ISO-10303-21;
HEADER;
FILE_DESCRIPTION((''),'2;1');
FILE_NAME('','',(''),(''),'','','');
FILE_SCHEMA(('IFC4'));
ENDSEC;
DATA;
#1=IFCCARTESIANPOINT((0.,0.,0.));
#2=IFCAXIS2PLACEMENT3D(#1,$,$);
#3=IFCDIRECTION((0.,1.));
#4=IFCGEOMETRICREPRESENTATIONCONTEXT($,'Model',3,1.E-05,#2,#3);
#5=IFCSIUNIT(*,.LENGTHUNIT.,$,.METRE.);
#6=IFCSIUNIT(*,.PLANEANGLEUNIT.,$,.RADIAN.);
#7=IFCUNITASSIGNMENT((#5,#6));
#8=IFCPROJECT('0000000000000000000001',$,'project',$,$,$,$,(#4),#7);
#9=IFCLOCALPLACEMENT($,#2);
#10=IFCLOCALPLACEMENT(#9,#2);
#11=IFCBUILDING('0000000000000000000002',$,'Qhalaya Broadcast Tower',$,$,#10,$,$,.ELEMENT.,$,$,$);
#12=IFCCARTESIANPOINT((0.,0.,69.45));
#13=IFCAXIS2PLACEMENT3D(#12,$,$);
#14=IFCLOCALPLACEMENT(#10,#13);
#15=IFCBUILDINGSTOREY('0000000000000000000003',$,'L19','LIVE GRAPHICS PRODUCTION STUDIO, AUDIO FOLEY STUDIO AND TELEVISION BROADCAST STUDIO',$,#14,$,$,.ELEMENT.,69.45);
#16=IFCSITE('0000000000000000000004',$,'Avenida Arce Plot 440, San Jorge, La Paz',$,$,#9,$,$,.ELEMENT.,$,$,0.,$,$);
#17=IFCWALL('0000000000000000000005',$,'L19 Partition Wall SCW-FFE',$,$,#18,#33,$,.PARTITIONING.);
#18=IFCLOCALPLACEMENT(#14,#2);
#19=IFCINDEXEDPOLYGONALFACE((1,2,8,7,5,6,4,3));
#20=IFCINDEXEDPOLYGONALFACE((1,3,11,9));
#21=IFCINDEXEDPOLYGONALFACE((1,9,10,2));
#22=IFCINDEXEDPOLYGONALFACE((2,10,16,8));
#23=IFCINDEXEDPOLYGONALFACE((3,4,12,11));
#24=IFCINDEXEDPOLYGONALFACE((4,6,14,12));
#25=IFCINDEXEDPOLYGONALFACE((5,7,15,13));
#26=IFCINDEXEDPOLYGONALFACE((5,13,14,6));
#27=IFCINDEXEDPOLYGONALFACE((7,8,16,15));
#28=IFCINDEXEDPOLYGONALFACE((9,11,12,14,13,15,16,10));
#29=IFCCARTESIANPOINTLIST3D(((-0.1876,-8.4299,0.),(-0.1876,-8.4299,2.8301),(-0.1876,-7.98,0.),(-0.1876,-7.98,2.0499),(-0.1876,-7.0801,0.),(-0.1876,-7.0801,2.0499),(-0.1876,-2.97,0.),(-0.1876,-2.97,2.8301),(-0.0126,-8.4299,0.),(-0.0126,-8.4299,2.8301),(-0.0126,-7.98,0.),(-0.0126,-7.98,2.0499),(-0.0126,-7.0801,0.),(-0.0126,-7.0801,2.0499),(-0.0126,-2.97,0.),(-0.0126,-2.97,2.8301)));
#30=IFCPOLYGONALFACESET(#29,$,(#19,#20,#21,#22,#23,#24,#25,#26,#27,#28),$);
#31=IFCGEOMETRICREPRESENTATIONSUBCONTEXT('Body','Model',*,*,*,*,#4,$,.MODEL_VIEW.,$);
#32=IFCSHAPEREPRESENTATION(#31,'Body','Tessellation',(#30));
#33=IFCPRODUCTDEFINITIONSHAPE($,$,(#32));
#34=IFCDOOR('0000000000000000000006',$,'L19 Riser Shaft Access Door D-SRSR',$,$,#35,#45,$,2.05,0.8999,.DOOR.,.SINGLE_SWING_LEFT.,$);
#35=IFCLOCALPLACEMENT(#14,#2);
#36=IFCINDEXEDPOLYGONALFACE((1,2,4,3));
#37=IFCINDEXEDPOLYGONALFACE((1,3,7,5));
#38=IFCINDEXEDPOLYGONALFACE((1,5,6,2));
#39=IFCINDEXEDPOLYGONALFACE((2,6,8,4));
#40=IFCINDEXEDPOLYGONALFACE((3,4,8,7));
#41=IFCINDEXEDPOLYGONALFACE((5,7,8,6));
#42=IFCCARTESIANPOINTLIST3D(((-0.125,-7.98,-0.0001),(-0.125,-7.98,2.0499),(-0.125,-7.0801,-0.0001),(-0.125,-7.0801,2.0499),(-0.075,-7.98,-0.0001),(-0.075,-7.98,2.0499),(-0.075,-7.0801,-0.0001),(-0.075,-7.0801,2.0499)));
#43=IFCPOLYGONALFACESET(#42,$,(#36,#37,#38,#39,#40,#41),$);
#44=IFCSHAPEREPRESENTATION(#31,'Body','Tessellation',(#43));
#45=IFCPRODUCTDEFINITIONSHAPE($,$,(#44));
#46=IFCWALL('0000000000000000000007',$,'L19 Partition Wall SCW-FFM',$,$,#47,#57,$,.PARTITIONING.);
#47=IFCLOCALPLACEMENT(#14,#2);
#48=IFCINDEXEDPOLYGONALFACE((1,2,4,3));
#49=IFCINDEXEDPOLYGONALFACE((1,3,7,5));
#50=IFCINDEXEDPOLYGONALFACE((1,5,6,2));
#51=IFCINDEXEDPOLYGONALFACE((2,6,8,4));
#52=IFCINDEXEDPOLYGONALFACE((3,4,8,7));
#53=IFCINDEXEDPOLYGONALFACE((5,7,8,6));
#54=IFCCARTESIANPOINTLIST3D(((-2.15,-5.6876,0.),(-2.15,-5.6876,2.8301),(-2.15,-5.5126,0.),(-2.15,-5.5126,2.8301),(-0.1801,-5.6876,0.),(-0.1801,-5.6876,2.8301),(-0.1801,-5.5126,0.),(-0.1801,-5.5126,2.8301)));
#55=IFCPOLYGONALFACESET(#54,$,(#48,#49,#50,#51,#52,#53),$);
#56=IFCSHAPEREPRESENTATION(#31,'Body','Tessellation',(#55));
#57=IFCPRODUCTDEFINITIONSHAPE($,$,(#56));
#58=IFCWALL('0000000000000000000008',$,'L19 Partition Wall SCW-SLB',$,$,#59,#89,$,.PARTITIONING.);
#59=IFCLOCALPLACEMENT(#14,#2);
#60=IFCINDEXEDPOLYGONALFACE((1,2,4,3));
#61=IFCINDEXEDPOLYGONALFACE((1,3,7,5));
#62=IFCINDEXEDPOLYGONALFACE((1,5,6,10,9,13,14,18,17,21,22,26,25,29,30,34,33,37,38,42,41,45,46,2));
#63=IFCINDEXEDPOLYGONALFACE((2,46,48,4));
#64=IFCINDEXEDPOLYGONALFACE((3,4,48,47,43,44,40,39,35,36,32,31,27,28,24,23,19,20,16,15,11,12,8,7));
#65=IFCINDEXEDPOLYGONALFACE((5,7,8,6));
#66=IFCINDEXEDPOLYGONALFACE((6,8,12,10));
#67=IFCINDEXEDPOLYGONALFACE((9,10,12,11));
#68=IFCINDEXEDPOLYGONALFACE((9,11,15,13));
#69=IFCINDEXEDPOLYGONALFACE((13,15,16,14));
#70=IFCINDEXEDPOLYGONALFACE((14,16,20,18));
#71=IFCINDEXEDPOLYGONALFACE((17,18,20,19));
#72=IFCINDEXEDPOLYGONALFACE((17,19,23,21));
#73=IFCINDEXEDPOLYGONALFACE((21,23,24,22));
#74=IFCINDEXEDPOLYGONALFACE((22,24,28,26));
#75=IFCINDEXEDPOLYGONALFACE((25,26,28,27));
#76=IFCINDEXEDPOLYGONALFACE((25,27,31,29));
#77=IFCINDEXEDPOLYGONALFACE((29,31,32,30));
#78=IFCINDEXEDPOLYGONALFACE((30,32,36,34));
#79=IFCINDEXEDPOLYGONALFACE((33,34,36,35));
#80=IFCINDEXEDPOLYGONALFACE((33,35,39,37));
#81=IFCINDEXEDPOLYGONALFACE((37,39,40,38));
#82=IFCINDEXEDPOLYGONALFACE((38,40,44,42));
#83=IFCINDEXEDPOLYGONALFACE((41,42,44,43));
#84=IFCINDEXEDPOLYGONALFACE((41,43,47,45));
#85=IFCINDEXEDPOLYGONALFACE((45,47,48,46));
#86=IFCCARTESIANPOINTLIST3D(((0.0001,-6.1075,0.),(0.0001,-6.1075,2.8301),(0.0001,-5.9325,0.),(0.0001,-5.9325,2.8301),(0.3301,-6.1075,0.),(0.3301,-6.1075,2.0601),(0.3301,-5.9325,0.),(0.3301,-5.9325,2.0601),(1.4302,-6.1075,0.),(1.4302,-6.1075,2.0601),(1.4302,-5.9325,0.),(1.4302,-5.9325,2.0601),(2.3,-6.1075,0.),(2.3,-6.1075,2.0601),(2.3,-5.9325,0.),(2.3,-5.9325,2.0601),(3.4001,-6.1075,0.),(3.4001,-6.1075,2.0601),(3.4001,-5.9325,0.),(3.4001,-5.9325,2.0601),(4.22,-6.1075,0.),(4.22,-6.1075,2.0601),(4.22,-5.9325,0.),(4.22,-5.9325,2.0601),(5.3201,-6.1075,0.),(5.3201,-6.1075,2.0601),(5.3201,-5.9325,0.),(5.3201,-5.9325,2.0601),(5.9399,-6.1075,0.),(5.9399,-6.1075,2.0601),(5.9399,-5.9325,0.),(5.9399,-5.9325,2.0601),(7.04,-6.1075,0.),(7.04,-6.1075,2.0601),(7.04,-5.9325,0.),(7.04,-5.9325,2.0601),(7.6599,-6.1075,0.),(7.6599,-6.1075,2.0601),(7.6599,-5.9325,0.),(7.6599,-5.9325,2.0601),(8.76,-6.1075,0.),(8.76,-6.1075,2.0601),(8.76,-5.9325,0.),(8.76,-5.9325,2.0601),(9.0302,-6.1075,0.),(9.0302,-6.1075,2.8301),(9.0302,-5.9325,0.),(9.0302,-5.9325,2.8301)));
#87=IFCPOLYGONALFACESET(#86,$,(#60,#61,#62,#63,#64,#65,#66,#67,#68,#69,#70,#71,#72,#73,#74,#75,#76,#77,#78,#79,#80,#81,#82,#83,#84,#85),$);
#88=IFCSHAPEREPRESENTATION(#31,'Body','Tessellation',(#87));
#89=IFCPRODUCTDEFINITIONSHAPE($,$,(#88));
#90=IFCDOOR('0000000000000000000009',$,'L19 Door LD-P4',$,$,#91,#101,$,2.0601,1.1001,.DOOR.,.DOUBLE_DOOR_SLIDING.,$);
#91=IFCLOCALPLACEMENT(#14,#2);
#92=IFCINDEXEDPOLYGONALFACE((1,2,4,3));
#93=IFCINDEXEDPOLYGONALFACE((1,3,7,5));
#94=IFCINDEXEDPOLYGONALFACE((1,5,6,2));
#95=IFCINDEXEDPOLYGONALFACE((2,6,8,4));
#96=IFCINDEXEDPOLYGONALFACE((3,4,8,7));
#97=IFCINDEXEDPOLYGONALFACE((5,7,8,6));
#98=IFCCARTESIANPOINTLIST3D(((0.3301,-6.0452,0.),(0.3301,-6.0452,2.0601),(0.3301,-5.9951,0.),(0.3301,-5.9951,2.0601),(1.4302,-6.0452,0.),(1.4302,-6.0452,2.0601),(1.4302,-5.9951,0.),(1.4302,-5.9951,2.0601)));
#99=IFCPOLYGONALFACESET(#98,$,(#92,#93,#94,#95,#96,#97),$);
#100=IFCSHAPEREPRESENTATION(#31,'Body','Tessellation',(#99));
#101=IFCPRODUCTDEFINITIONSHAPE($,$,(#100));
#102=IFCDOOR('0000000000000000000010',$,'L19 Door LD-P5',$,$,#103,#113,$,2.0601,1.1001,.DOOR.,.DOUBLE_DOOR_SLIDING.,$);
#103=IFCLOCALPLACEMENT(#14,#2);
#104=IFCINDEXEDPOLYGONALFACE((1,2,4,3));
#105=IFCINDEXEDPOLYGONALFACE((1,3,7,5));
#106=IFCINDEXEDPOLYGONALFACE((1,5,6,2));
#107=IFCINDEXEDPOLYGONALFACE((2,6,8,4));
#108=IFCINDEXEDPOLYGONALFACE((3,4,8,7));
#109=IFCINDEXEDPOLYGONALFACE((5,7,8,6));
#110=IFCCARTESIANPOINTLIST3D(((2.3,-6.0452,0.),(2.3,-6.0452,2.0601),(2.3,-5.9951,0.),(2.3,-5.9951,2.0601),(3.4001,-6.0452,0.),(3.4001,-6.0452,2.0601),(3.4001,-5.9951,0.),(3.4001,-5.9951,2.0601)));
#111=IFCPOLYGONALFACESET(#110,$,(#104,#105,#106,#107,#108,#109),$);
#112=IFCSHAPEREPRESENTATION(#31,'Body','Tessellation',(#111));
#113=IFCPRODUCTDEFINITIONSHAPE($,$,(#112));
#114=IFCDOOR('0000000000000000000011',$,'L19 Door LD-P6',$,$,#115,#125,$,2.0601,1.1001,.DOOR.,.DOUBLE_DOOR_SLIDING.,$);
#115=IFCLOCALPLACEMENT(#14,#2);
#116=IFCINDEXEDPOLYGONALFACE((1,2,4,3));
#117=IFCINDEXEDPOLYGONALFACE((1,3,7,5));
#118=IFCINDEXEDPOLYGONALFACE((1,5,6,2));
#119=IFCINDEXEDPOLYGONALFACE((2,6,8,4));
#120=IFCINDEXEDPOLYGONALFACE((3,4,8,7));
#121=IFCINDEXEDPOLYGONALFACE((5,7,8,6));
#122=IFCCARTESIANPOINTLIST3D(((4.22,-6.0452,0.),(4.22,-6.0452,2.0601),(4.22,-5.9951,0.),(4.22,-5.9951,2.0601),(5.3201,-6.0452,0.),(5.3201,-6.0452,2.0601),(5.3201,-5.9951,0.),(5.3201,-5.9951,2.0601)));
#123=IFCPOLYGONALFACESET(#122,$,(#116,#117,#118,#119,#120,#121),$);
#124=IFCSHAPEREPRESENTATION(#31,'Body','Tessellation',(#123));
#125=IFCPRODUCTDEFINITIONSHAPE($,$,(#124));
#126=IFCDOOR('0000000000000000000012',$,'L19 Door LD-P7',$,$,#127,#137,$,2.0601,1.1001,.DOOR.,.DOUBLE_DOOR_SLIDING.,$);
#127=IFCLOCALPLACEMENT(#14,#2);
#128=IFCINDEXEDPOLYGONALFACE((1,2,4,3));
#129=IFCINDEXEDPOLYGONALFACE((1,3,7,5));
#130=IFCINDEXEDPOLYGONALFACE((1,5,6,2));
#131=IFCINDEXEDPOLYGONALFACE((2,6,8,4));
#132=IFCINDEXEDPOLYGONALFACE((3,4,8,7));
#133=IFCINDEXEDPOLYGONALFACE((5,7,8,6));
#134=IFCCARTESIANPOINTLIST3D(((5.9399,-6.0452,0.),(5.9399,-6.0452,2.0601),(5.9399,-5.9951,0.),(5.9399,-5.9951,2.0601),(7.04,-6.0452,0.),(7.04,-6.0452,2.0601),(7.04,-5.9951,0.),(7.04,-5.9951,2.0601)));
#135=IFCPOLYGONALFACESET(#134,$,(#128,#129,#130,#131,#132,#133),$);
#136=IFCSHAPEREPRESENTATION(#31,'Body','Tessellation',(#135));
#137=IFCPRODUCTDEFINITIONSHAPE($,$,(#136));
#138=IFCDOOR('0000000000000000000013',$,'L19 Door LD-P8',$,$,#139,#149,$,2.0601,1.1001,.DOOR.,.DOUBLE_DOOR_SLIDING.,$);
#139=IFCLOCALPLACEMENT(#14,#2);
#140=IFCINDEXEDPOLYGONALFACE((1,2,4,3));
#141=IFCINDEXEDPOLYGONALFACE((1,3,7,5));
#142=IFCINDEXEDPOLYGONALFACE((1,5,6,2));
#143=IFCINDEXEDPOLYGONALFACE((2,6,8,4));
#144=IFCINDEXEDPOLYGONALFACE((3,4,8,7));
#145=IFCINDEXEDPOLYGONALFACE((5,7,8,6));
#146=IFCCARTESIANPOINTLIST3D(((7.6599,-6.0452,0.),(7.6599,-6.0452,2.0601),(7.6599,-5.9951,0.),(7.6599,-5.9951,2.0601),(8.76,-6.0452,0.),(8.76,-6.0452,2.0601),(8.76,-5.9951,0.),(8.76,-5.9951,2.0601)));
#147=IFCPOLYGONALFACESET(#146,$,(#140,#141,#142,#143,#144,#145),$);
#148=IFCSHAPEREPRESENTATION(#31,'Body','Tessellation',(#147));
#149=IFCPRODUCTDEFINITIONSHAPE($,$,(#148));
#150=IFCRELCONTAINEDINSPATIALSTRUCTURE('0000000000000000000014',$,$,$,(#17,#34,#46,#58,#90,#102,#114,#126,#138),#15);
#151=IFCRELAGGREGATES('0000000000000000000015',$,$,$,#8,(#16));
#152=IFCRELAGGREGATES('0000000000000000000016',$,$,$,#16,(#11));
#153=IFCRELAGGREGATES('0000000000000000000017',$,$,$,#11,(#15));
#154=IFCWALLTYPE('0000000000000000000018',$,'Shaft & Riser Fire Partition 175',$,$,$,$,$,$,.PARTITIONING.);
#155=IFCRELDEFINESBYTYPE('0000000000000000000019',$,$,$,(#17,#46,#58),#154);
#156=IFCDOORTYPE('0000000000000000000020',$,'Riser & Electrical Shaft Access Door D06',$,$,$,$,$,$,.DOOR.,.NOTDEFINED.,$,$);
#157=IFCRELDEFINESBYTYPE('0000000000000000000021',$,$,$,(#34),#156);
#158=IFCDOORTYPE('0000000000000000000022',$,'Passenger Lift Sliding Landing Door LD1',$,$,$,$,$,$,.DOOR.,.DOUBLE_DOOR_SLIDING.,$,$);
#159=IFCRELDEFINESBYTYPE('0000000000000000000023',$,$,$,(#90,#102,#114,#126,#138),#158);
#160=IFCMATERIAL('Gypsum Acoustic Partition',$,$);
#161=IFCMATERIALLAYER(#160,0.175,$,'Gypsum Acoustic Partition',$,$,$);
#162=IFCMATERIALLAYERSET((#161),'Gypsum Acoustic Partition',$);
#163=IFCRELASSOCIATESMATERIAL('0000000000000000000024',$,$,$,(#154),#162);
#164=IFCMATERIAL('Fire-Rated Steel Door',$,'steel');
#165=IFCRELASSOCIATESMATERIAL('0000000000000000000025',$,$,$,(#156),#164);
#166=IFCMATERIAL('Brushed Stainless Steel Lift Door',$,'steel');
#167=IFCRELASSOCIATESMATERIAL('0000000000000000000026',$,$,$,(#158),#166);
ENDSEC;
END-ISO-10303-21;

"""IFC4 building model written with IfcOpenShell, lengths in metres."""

from ifc_helpers import new_model, si_unit, direction, frame, frame_2d, origin, place, context, subcontext, project, spatial, rectangle, extrude, material, layer, layer_set, type_object, element, fill, save


model = new_model("IFC4")

# Units and contexts
model_context = context("Model", 3, precision=1e-05, world=origin(), true_north=direction((0.0, 1.0)))
body_context = subcontext(model_context, "Body", "Model", "MODEL_VIEW")
ifc_project = project(units=[si_unit("LENGTHUNIT", "METRE"), si_unit("PLANEANGLEUNIT", "RADIAN")], contexts=[model_context])

# Site, building, storey
site_placement = place(None, origin())
site = spatial("IfcSite", under=ifc_project, at=site_placement, Name="Avenida Arce Plot 440, San Jorge, La Paz", CompositionType="ELEMENT", RefElevation=0.0)
building_placement = place(site_placement, origin())
building = spatial("IfcBuilding", under=site, at=building_placement, Name="Qhalaya Broadcast Tower", CompositionType="ELEMENT")
storey_placement = place(building_placement, frame((0.0, 0.0, 69.45)))
storey = spatial("IfcBuildingStorey", under=building, at=storey_placement, Name="L19", Description="LIVE GRAPHICS PRODUCTION STUDIO, AUDIO FOLEY STUDIO AND TELEVISION BROADCAST STUDIO", CompositionType="ELEMENT", Elevation=69.45)

# Shared definitions
ifc_material_1 = material(Name="Brushed Stainless Steel Lift Door", Category="steel")

# Shared definitions
ifc_material_2 = material(Name="Gypsum Acoustic Partition")

# Wall, opening, door
ifc_layer_1 = layer(ifc_material_2, 0.175, Name="Gypsum Acoustic Partition")
ifc_layer_set_1 = layer_set([ifc_layer_1], Name="Gypsum Acoustic Partition")
wall_type_1 = type_object("IfcWallType", Name="Shaft & Riser Fire Partition 175", PredefinedType="PARTITIONING", material=ifc_layer_set_1)
wall_1_placement = place(storey_placement, frame((-0.1001, -8.4299, 0.0), z_axis=(0.0, 0.0, 1.0), x_axis=(0.0, 1.0, 0.0)))
wall_1 = element("IfcWall", 1, at=wall_1_placement, inside=storey, type_object=wall_type_1, Name="L19 Partition Wall SCW-FFE", PredefinedType="PARTITIONING", context=body_context, shape_type="SweptSolid", body=[
    extrude(rectangle(XDim=5.46, YDim=0.175, at=frame_2d((2.73, 0.0))), origin(), (0.0, 0.0, 1.0), 2.8301),
])
opening_1_placement = place(wall_1_placement, frame((0.45, 0.0, 0.0)))
opening_1 = element("IfcOpeningElement", 2, at=opening_1_placement, cuts=wall_1, PredefinedType="OPENING", context=body_context, shape_type="SweptSolid", body=[
    extrude(rectangle(XDim=0.8999, YDim=2.05, at=frame_2d((0.45, 1.0249))), frame((0.0, 0.0996, 0.0), z_axis=(0.0, -1.0, 0.0), x_axis=(1.0, 0.0, 0.0)), (0.0, 0.0, 1.0), 0.199),
])
ifc_material_3 = material(Name="Fire-Rated Steel Door", Category="steel")
door_type_1 = type_object("IfcDoorType", Name="Riser & Electrical Shaft Access Door D06", OperationType="NOTDEFINED", PredefinedType="DOOR", material=ifc_material_3)
door_1_placement = place(opening_1_placement, origin())
door_1 = element("IfcDoor", 3, at=door_1_placement, inside=storey, type_object=door_type_1, Name="L19 Riser Shaft Access Door D-SRSR", OperationType="SINGLE_SWING_LEFT", OverallHeight=2.05, OverallWidth=0.8999, PredefinedType="DOOR", context=body_context, shape_type="SweptSolid", body=[
    extrude(rectangle(XDim=0.8999, YDim=2.05, at=frame_2d((0.45, 1.0249))), frame((0.0, 0.0249, 0.0), z_axis=(0.0, -1.0, 0.0), x_axis=(1.0, 0.0, 0.0)), (0.0, 0.0, 1.0), 0.05),
])
fill(opening_1, door_1)

# Wall
wall_2_placement = place(storey_placement, frame((-2.1499, -5.6001, 0.0), z_axis=(0.0, 0.0, 1.0), x_axis=(1.0, 0.0, 0.0)))
element("IfcWall", 4, at=wall_2_placement, inside=storey, type_object=wall_type_1, Name="L19 Partition Wall SCW-FFM", PredefinedType="PARTITIONING", context=body_context, shape_type="SweptSolid", body=[
    extrude(rectangle(XDim=1.97, YDim=0.175, at=frame_2d((0.9849, 0.0))), origin(), (0.0, 0.0, 1.0), 2.8301),
])

# Wall, openings, doors
wall_3_placement = place(storey_placement, frame((0.0, -6.02, 0.0), z_axis=(0.0, 0.0, 1.0), x_axis=(1.0, 0.0, 0.0)))
wall_3 = element("IfcWall", 5, at=wall_3_placement, inside=storey, type_object=wall_type_1, Name="L19 Partition Wall SCW-SLB", PredefinedType="PARTITIONING", context=body_context, shape_type="SweptSolid", body=[
    extrude(rectangle(XDim=9.03, YDim=0.175, at=frame_2d((4.5151, 0.0))), origin(), (0.0, 0.0, 1.0), 2.8301),
])
opening_2_placement = place(wall_3_placement, frame((0.3301, 0.0, 0.0)))
opening_2 = element("IfcOpeningElement", 6, at=opening_2_placement, cuts=wall_3, PredefinedType="OPENING", context=body_context, shape_type="SweptSolid", body=[
    extrude(rectangle(XDim=1.1001, YDim=2.0601, at=frame_2d((0.55, 1.03))), frame((0.0, 0.0996, 0.0), z_axis=(0.0, -1.0, 0.0), x_axis=(1.0, 0.0, 0.0)), (0.0, 0.0, 1.0), 0.199),
])
opening_3_placement = place(wall_3_placement, frame((2.3, 0.0, 0.0)))
opening_3 = element("IfcOpeningElement", 7, at=opening_3_placement, cuts=wall_3, PredefinedType="OPENING", context=body_context, shape_type="SweptSolid", body=[
    extrude(rectangle(XDim=1.1001, YDim=2.0601, at=frame_2d((0.55, 1.03))), frame((0.0, 0.0996, 0.0), z_axis=(0.0, -1.0, 0.0), x_axis=(1.0, 0.0, 0.0)), (0.0, 0.0, 1.0), 0.199),
])
opening_4_placement = place(wall_3_placement, frame((4.22, 0.0, 0.0)))
opening_4 = element("IfcOpeningElement", 8, at=opening_4_placement, cuts=wall_3, PredefinedType="OPENING", context=body_context, shape_type="SweptSolid", body=[
    extrude(rectangle(XDim=1.1001, YDim=2.0601, at=frame_2d((0.55, 1.03))), frame((0.0, 0.0996, 0.0), z_axis=(0.0, -1.0, 0.0), x_axis=(1.0, 0.0, 0.0)), (0.0, 0.0, 1.0), 0.199),
])
opening_5_placement = place(wall_3_placement, frame((5.9399, 0.0, 0.0)))
opening_5 = element("IfcOpeningElement", 9, at=opening_5_placement, cuts=wall_3, PredefinedType="OPENING", context=body_context, shape_type="SweptSolid", body=[
    extrude(rectangle(XDim=1.1001, YDim=2.0601, at=frame_2d((0.55, 1.03))), frame((0.0, 0.0996, 0.0), z_axis=(0.0, -1.0, 0.0), x_axis=(1.0, 0.0, 0.0)), (0.0, 0.0, 1.0), 0.199),
])
opening_6_placement = place(wall_3_placement, frame((7.6599, 0.0, 0.0)))
opening_6 = element("IfcOpeningElement", 10, at=opening_6_placement, cuts=wall_3, PredefinedType="OPENING", context=body_context, shape_type="SweptSolid", body=[
    extrude(rectangle(XDim=1.1001, YDim=2.0601, at=frame_2d((0.55, 1.03))), frame((0.0, 0.0996, 0.0), z_axis=(0.0, -1.0, 0.0), x_axis=(1.0, 0.0, 0.0)), (0.0, 0.0, 1.0), 0.199),
])
door_type_2 = type_object("IfcDoorType", Name="Passenger Lift Sliding Landing Door LD1", OperationType="DOUBLE_DOOR_SLIDING", PredefinedType="DOOR", material=ifc_material_1)
door_2_placement = place(opening_2_placement, origin())
door_2 = element("IfcDoor", 11, at=door_2_placement, inside=storey, type_object=door_type_2, Name="L19 Door LD-P4", OperationType="DOUBLE_DOOR_SLIDING", OverallHeight=2.0601, OverallWidth=1.1001, PredefinedType="DOOR", context=body_context, shape_type="SweptSolid", body=[
    extrude(rectangle(XDim=1.1001, YDim=2.0601, at=frame_2d((0.55, 1.03))), frame((0.0, 0.0249, 0.0), z_axis=(0.0, -1.0, 0.0), x_axis=(1.0, 0.0, 0.0)), (0.0, 0.0, 1.0), 0.05),
])
fill(opening_2, door_2)
door_3_placement = place(opening_3_placement, origin())
door_3 = element("IfcDoor", 12, at=door_3_placement, inside=storey, type_object=door_type_2, Name="L19 Door LD-P5", OperationType="DOUBLE_DOOR_SLIDING", OverallHeight=2.0601, OverallWidth=1.1001, PredefinedType="DOOR", context=body_context, shape_type="SweptSolid", body=[
    extrude(rectangle(XDim=1.1001, YDim=2.0601, at=frame_2d((0.55, 1.03))), frame((0.0, 0.0249, 0.0), z_axis=(0.0, -1.0, 0.0), x_axis=(1.0, 0.0, 0.0)), (0.0, 0.0, 1.0), 0.05),
])
fill(opening_3, door_3)
door_4_placement = place(opening_4_placement, origin())
door_4 = element("IfcDoor", 13, at=door_4_placement, inside=storey, type_object=door_type_2, Name="L19 Door LD-P6", OperationType="DOUBLE_DOOR_SLIDING", OverallHeight=2.0601, OverallWidth=1.1001, PredefinedType="DOOR", context=body_context, shape_type="SweptSolid", body=[
    extrude(rectangle(XDim=1.1001, YDim=2.0601, at=frame_2d((0.55, 1.03))), frame((0.0, 0.0249, 0.0), z_axis=(0.0, -1.0, 0.0), x_axis=(1.0, 0.0, 0.0)), (0.0, 0.0, 1.0), 0.05),
])
fill(opening_4, door_4)
door_5_placement = place(opening_5_placement, origin())
door_5 = element("IfcDoor", 14, at=door_5_placement, inside=storey, type_object=door_type_2, Name="L19 Door LD-P7", OperationType="DOUBLE_DOOR_SLIDING", OverallHeight=2.0601, OverallWidth=1.1001, PredefinedType="DOOR", context=body_context, shape_type="SweptSolid", body=[
    extrude(rectangle(XDim=1.1001, YDim=2.0601, at=frame_2d((0.55, 1.03))), frame((0.0, 0.0249, 0.0), z_axis=(0.0, -1.0, 0.0), x_axis=(1.0, 0.0, 0.0)), (0.0, 0.0, 1.0), 0.05),
])
fill(opening_5, door_5)
door_6_placement = place(opening_6_placement, origin())
door_6 = element("IfcDoor", 15, at=door_6_placement, inside=storey, type_object=door_type_2, Name="L19 Door LD-P8", OperationType="DOUBLE_DOOR_SLIDING", OverallHeight=2.0601, OverallWidth=1.1001, PredefinedType="DOOR", context=body_context, shape_type="SweptSolid", body=[
    extrude(rectangle(XDim=1.1001, YDim=2.0601, at=frame_2d((0.55, 1.03))), frame((0.0, 0.0249, 0.0), z_axis=(0.0, -1.0, 0.0), x_axis=(1.0, 0.0, 0.0)), (0.0, 0.0, 1.0), 0.05),
])
fill(opening_6, door_6)

save(model, "model.ifc")
